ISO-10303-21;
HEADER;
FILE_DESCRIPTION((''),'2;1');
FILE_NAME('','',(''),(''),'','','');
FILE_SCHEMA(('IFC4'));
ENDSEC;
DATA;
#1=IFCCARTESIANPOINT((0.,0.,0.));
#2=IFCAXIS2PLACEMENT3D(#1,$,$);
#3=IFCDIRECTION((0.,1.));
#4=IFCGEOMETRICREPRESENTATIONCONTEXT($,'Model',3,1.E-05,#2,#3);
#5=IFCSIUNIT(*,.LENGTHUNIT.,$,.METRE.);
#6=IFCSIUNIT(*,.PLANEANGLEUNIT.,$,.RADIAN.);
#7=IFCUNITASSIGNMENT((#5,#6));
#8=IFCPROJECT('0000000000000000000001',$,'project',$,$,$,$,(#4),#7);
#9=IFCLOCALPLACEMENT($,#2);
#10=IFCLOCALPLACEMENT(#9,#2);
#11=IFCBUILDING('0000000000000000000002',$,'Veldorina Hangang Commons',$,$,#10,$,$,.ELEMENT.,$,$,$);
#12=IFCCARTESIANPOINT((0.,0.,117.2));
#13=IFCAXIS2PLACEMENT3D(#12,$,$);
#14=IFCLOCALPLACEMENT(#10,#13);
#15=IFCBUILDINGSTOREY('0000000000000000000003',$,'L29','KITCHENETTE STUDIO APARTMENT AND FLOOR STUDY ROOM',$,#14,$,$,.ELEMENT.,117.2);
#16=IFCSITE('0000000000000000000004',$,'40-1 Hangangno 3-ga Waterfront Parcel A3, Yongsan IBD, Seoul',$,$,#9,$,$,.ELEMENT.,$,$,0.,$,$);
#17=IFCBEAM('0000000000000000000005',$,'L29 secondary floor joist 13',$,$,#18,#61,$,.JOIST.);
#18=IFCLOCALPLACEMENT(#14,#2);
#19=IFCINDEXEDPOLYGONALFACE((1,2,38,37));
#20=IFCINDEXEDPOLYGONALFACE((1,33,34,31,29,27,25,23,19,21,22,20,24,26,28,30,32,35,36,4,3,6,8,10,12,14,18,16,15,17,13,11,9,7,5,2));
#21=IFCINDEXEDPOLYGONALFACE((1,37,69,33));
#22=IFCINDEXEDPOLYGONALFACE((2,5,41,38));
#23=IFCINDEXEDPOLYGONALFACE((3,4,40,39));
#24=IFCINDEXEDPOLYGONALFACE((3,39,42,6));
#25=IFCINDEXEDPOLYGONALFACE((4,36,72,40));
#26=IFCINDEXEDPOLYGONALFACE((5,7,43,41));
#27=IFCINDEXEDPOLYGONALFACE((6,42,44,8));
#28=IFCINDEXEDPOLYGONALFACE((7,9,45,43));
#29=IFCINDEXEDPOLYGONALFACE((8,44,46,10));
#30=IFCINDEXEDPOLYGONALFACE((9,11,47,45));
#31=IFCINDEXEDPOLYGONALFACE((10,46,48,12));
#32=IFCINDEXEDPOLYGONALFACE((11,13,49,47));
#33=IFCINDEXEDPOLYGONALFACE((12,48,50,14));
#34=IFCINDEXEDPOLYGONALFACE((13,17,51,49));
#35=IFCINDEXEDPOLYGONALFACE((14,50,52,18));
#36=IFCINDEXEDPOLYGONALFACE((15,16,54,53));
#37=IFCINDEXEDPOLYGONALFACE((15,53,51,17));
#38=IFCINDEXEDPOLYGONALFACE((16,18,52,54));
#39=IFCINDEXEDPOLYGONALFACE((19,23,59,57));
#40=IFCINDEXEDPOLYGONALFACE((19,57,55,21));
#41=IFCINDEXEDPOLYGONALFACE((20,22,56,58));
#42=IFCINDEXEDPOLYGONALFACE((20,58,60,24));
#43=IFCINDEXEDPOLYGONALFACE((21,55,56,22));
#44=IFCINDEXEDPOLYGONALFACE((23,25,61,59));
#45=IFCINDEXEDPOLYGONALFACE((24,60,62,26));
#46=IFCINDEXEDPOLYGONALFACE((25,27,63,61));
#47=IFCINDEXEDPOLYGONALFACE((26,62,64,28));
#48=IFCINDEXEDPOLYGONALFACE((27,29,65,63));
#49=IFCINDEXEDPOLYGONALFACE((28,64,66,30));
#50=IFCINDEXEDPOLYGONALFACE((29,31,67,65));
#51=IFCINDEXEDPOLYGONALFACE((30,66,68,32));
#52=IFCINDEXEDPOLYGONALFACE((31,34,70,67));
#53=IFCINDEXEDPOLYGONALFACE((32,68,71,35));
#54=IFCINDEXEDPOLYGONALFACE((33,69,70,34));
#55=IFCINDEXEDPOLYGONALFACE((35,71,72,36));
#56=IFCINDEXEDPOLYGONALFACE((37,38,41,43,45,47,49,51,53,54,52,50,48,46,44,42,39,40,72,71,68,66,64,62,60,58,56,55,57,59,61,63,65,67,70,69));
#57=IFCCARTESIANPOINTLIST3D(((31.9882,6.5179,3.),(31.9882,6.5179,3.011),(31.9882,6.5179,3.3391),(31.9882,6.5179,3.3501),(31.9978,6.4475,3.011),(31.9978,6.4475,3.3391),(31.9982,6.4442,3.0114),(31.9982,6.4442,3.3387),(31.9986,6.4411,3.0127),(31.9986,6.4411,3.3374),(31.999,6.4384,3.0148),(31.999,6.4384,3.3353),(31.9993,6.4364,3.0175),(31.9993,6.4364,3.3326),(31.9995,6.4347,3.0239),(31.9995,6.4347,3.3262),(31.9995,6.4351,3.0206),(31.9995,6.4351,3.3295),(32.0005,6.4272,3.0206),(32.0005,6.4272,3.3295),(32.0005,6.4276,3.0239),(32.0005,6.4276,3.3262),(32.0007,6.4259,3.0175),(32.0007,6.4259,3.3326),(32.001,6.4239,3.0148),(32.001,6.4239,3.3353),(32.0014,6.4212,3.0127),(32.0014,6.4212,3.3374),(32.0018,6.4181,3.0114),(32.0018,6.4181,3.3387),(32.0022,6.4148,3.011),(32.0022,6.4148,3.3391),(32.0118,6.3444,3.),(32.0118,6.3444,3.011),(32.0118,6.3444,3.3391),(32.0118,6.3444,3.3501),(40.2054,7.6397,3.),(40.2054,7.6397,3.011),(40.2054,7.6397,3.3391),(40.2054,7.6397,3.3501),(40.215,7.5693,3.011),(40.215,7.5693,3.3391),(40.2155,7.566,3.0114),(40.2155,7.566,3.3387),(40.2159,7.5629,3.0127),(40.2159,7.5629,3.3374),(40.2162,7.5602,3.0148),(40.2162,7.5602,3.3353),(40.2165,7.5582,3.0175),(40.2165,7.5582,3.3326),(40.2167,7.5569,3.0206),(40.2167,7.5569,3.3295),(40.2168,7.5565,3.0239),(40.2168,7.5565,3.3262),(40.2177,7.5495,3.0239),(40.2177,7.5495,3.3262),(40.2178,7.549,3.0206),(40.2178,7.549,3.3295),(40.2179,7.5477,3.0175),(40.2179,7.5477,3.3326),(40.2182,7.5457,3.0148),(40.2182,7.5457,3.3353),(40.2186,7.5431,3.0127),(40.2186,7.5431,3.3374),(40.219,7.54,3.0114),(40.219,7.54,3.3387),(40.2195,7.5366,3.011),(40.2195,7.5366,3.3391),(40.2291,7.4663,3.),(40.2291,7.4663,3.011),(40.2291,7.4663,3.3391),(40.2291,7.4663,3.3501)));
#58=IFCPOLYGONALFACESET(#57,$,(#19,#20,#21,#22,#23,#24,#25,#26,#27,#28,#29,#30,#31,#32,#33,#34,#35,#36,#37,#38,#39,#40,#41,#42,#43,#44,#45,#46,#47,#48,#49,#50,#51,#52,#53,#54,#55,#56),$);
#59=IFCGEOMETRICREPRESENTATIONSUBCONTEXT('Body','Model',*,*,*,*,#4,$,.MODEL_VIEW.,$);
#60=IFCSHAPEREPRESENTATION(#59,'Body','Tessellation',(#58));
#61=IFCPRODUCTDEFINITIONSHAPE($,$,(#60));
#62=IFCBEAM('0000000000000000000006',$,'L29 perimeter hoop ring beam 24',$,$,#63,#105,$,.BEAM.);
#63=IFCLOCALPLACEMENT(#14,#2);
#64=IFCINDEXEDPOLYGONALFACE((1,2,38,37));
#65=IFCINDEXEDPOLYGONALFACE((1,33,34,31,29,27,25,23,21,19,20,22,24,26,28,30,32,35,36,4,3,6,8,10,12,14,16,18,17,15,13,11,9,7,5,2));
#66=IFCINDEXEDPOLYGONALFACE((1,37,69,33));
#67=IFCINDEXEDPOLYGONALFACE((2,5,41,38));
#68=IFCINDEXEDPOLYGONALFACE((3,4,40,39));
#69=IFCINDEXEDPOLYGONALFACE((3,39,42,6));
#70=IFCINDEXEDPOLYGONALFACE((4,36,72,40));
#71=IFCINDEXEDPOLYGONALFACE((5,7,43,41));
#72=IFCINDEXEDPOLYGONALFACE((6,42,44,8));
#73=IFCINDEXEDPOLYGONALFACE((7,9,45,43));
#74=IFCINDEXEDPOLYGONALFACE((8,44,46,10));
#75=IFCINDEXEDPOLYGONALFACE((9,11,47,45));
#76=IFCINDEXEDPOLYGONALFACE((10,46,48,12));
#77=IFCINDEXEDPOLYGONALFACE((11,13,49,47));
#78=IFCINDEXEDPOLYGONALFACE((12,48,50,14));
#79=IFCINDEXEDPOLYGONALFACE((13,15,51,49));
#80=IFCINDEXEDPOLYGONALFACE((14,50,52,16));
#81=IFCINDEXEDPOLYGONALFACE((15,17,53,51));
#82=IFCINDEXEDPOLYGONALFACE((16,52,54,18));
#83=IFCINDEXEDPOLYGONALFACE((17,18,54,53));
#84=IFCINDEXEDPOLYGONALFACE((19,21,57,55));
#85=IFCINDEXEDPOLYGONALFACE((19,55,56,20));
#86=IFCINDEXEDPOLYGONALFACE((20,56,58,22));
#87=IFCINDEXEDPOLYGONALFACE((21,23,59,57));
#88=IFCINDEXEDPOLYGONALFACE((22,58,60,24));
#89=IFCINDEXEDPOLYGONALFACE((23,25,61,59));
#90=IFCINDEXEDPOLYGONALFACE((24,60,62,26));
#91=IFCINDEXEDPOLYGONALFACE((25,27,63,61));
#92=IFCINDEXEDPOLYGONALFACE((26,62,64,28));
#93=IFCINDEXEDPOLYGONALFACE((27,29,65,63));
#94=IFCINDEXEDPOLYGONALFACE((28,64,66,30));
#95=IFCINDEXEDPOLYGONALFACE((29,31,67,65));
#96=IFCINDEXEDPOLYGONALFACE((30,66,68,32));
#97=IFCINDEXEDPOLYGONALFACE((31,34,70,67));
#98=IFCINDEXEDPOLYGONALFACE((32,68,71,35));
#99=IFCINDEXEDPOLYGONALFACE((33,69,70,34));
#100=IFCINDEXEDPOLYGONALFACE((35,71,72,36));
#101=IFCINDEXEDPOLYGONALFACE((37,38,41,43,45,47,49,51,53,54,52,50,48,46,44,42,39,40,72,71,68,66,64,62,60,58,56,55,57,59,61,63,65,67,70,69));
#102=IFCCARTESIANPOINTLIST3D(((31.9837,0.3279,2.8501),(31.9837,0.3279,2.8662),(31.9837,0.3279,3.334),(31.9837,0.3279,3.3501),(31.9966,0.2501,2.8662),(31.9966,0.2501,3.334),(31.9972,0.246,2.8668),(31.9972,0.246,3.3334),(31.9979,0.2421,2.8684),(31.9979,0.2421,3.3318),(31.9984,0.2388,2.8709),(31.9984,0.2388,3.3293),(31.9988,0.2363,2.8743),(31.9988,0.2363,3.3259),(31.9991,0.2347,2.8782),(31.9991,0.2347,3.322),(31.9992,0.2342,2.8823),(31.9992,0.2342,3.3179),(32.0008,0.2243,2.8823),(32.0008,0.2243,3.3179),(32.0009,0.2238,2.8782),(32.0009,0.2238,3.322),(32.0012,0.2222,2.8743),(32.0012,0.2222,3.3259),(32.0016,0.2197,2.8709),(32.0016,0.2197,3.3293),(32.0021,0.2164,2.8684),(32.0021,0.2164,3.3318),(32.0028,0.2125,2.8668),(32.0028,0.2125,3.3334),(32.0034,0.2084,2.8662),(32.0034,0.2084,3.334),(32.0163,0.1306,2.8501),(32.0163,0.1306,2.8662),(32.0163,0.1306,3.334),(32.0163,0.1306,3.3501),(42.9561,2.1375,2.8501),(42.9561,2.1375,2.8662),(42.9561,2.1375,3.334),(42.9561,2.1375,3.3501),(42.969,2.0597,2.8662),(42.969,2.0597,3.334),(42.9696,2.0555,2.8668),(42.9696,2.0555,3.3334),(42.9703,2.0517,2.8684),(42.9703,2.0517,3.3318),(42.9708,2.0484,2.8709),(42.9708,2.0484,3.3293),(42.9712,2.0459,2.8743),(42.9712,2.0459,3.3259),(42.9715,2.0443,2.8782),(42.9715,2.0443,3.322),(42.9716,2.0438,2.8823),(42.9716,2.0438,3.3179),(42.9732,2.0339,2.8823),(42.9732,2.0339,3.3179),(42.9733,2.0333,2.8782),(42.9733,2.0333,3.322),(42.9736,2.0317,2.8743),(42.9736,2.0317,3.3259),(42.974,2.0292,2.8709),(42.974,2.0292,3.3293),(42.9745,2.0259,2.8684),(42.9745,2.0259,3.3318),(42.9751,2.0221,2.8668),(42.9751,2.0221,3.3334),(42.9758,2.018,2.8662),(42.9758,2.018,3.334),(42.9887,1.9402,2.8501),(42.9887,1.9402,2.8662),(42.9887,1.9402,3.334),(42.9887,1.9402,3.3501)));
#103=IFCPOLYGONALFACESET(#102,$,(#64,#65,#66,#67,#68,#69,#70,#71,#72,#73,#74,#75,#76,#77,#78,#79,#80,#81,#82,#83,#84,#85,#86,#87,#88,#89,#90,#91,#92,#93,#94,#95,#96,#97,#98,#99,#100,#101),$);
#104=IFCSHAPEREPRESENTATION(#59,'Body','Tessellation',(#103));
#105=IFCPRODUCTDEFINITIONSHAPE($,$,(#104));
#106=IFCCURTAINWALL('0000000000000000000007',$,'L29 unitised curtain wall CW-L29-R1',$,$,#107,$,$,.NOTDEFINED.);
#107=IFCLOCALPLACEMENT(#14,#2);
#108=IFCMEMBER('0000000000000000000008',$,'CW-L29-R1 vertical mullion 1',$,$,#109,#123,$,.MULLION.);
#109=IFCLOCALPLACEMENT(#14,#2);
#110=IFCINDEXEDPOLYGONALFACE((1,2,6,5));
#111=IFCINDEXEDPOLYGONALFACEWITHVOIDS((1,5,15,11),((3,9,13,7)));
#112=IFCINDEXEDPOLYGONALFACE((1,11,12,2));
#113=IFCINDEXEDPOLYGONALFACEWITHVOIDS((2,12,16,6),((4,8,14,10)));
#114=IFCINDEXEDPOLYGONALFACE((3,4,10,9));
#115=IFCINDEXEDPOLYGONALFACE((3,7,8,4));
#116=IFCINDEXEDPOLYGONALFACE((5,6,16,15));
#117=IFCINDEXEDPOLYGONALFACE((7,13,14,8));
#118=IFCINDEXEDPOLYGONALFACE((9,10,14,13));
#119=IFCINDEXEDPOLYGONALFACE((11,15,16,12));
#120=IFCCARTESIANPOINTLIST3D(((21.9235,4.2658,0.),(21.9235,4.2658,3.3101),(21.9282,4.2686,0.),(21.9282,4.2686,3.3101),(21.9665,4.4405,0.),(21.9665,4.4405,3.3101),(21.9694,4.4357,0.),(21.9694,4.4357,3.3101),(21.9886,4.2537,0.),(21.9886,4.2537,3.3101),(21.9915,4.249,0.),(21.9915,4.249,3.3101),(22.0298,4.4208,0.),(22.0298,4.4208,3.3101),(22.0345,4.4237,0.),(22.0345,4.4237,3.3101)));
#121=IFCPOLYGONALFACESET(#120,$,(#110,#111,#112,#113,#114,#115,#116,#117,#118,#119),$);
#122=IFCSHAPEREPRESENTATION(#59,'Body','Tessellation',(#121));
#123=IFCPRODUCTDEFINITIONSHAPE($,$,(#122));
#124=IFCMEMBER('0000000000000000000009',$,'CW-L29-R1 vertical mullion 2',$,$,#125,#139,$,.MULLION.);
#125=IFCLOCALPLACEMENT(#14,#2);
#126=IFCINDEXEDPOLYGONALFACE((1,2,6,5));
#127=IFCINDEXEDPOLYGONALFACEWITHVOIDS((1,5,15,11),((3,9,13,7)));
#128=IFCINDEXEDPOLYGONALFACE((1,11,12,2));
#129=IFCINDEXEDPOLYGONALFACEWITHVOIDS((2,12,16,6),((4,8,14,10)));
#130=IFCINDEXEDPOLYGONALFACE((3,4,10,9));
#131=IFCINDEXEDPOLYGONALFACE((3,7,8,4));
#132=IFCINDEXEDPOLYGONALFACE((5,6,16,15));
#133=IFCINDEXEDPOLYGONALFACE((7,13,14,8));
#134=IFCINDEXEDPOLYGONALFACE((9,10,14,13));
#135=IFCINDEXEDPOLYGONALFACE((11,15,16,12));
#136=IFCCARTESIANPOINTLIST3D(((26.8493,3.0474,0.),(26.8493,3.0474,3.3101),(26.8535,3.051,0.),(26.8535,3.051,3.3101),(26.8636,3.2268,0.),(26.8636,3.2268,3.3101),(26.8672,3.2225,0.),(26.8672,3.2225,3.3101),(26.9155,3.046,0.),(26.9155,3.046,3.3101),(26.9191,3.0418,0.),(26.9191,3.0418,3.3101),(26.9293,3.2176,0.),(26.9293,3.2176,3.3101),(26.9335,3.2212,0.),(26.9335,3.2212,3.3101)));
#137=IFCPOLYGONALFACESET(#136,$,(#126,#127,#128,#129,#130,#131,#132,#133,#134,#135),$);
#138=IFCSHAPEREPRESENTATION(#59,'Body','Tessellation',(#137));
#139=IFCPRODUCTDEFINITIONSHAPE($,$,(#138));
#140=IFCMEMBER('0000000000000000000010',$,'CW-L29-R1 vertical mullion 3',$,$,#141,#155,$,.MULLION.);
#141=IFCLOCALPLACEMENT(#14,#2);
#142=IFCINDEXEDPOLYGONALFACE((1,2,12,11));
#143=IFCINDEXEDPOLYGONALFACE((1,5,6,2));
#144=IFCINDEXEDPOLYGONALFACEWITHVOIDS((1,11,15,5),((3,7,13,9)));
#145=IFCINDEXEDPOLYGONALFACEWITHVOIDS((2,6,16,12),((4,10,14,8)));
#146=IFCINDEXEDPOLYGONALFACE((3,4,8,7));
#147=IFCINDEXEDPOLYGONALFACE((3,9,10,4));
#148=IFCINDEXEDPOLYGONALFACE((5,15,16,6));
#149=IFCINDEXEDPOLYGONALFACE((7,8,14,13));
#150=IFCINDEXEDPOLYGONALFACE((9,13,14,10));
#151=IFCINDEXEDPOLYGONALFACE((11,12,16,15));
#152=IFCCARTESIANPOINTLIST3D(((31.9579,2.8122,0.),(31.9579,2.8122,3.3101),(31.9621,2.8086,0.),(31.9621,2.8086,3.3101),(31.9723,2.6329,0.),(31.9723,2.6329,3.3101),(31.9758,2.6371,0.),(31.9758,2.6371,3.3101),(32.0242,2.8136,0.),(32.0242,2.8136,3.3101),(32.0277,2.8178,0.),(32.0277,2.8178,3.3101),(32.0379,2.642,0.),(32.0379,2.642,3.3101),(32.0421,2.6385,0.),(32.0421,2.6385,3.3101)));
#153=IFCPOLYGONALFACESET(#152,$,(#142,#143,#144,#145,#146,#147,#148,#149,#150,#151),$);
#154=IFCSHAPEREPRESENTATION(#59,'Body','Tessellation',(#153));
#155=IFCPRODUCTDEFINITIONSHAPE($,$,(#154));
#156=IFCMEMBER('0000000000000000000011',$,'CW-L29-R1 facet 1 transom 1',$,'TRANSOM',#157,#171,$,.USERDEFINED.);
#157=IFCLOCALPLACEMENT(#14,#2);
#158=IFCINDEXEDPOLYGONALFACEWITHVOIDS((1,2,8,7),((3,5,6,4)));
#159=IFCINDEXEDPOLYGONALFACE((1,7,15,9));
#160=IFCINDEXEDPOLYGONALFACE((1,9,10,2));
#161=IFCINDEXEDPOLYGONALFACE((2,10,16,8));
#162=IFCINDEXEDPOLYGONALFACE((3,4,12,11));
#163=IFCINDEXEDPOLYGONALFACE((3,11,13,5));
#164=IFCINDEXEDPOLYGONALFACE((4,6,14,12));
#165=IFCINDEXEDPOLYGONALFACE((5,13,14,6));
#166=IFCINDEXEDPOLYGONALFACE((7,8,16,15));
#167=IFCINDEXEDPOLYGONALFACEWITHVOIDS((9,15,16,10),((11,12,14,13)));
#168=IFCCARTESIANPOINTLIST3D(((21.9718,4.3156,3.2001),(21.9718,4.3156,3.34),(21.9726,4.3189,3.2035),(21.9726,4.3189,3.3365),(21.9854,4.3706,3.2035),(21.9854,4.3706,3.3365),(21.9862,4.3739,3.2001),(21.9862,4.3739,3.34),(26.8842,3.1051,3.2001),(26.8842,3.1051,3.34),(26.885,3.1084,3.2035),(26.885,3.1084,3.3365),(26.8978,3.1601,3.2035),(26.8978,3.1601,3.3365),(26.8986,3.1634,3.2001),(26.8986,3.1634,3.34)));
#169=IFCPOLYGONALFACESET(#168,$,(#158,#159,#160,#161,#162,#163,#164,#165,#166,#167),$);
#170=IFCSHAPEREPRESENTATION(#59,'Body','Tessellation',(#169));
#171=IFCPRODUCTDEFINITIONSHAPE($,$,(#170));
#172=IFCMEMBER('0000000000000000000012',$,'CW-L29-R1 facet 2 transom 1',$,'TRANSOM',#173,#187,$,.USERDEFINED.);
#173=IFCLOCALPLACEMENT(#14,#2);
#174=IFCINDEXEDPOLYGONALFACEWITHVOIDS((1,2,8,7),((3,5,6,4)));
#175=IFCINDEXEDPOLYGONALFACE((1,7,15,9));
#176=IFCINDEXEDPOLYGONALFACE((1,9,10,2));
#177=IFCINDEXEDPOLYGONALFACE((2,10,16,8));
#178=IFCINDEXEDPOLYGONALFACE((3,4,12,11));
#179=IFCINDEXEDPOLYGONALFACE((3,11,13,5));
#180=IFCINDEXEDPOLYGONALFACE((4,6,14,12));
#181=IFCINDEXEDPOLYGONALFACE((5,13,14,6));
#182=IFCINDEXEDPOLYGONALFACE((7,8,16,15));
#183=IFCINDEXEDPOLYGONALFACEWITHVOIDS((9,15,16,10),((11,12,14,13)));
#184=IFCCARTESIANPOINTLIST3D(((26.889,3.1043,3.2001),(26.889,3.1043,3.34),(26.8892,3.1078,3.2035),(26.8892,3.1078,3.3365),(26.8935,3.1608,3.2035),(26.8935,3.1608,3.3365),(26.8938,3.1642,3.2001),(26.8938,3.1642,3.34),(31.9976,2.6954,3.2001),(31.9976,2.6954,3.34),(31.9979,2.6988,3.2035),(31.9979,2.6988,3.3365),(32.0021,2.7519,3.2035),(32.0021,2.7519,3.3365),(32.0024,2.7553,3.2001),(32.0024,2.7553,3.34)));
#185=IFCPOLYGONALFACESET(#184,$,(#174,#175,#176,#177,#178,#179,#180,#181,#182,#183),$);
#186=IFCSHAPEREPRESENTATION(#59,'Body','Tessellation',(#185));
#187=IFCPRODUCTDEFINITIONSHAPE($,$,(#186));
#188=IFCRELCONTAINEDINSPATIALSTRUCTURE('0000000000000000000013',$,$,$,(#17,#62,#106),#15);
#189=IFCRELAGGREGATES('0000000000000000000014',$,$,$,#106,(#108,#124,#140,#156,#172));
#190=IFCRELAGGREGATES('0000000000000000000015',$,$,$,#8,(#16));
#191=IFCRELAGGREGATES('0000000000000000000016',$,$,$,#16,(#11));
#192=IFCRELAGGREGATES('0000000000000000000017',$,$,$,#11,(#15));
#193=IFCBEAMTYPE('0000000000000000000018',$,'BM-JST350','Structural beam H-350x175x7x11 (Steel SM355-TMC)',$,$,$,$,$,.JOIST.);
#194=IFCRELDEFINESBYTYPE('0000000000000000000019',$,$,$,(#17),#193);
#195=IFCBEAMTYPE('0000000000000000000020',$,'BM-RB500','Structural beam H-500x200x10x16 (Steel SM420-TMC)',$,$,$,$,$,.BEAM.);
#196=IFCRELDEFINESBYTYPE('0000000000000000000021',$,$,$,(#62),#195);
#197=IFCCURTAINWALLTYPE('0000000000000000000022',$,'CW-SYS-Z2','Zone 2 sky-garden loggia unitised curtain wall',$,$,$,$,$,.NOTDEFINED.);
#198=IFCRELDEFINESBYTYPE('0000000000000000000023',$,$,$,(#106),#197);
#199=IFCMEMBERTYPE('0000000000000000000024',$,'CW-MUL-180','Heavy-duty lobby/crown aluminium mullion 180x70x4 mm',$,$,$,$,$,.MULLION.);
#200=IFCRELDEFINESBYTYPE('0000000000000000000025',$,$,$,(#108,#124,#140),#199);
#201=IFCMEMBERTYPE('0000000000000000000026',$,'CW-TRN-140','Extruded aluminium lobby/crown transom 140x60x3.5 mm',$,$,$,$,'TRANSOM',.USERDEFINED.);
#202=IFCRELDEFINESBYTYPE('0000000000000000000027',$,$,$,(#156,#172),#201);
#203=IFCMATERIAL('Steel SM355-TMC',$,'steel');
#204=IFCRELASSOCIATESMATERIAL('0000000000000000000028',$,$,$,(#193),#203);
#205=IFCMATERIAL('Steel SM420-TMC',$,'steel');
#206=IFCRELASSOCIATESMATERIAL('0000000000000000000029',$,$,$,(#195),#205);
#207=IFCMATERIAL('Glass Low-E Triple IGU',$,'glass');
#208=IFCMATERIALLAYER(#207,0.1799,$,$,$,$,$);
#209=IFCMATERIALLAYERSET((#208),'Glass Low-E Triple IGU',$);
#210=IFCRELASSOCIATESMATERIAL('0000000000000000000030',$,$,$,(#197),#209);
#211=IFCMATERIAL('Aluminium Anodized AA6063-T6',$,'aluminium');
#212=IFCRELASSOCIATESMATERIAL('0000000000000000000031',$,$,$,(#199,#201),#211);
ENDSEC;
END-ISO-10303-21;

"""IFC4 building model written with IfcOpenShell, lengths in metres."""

from ifc_helpers import new_model, si_unit, direction, frame, origin, origin_2d, place, context, subcontext, project, spatial, hollow_rectangle, i_section, extrude, material, layer, layer_set, material_profile, profile_set, type_object, element, aggregate, save


model = new_model("IFC4")

# Units and contexts
model_context = context("Model", 3, precision=1e-05, world=origin(), true_north=direction((0.0, 1.0)))
body_context = subcontext(model_context, "Body", "Model", "MODEL_VIEW")
ifc_project = project(units=[si_unit("LENGTHUNIT", "METRE"), si_unit("PLANEANGLEUNIT", "RADIAN")], contexts=[model_context])

# Site, building, storey
site_placement = place(None, origin())
site = spatial("IfcSite", under=ifc_project, at=site_placement, Name="40-1 Hangangno 3-ga Waterfront Parcel A3, Yongsan IBD, Seoul", CompositionType="ELEMENT", RefElevation=0.0)
building_placement = place(site_placement, origin())
building = spatial("IfcBuilding", under=site, at=building_placement, Name="Veldorina Hangang Commons", CompositionType="ELEMENT")
storey_placement = place(building_placement, frame((0.0, 0.0, 117.2)))
storey = spatial("IfcBuildingStorey", under=building, at=storey_placement, Name="L29", Description="KITCHENETTE STUDIO APARTMENT AND FLOOR STUDY ROOM", CompositionType="ELEMENT", Elevation=117.2)

# Beams
ifc_material_1 = material(Name="Steel SM355-TMC", Category="steel")
ifc_material_profile_1 = material_profile(ifc_material_1, i_section(OverallWidth=0.175, OverallDepth=0.3501, WebThickness=0.0071, FlangeThickness=0.011, FilletRadius=0.0129, at=origin_2d()), Name="H-350x175x7x11")
ifc_profile_set_1 = profile_set([ifc_material_profile_1], Name="Steel SM355-TMC")
beam_type_1 = type_object("IfcBeamType", Name="BM-JST350", Description="Structural beam H-350x175x7x11 (Steel SM355-TMC)", PredefinedType="JOIST", material=ifc_profile_set_1)
beam_1_placement = place(storey_placement, frame((32.0, 6.4312, 3.175), z_axis=(0.990809, 0.135266, 0.0), x_axis=(-0.135266, 0.990809, 0.0)))
element("IfcBeam", 1, at=beam_1_placement, inside=storey, type_object=beam_type_1, Name="L29 secondary floor joist 13", PredefinedType="JOIST", context=body_context, shape_type="SweptSolid", body=[
    extrude(i_section(OverallWidth=0.175, OverallDepth=0.3501, WebThickness=0.0071, FlangeThickness=0.011, FilletRadius=0.0129, at=origin_2d()), origin(), (0.0, 0.0, 1.0), 8.2935),
])
ifc_material_2 = material(Name="Steel SM420-TMC", Category="steel")
ifc_material_profile_2 = material_profile(ifc_material_2, i_section(OverallWidth=0.2, OverallDepth=0.5, WebThickness=0.01, FlangeThickness=0.0161, FilletRadius=0.0161, at=origin_2d()), Name="H-500x200x10x16")
ifc_profile_set_2 = profile_set([ifc_material_profile_2], Name="Steel SM420-TMC")
beam_type_2 = type_object("IfcBeamType", Name="BM-RB500", Description="Structural beam H-500x200x10x16 (Steel SM420-TMC)", PredefinedType="BEAM", material=ifc_profile_set_2)
beam_2_placement = place(storey_placement, frame((32.0, 0.2292, 3.1001), z_axis=(0.986672, 0.162722, 0.0), x_axis=(-0.162722, 0.986672, 0.0)))
element("IfcBeam", 2, at=beam_2_placement, inside=storey, type_object=beam_type_2, Name="L29 perimeter hoop ring beam 24", PredefinedType="BEAM", context=body_context, shape_type="SweptSolid", body=[
    extrude(i_section(OverallWidth=0.2, OverallDepth=0.5, WebThickness=0.01, FlangeThickness=0.0161, FilletRadius=0.0161, at=origin_2d()), origin(), (0.0, 0.0, 1.0), 11.1206),
])

# Curtain wall, members
ifc_material_3 = material(Name="Glass Low-E Triple IGU", Category="glass")
ifc_layer_1 = layer(ifc_material_3, 0.1799)
ifc_layer_set_1 = layer_set([ifc_layer_1], Name="Glass Low-E Triple IGU")
curtain_wall_type = type_object("IfcCurtainWallType", Name="CW-SYS-Z2", Description="Zone 2 sky-garden loggia unitised curtain wall", PredefinedType="NOTDEFINED", material=ifc_layer_set_1)
curtain_wall_placement = place(storey_placement, origin())
curtain_wall = element("IfcCurtainWall", 3, at=curtain_wall_placement, inside=storey, type_object=curtain_wall_type, Name="L29 unitised curtain wall CW-L29-R1", PredefinedType="NOTDEFINED")
ifc_material_4 = material(Name="Aluminium Anodized AA6063-T6", Category="aluminium")
ifc_material_profile_3 = material_profile(ifc_material_4, hollow_rectangle(XDim=0.0701, YDim=0.1799, WallThickness=0.0039, at=origin_2d()), Name="ALU-RHS-180x70x4")
ifc_profile_set_3 = profile_set([ifc_material_profile_3], Name="Aluminium Anodized AA6063-T6")
member_type_1 = type_object("IfcMemberType", Name="CW-MUL-180", Description="Heavy-duty lobby/crown aluminium mullion 180x70x4 mm", PredefinedType="MULLION", material=ifc_profile_set_3)
member_1_placement = place(storey_placement, frame((21.979, 4.3447, 0.0), z_axis=(0.0, 0.0, 1.0), x_axis=(0.970951, -0.239279, 0.0)))
member_1 = element("IfcMember", 4, at=member_1_placement, type_object=member_type_1, Name="CW-L29-R1 vertical mullion 1", PredefinedType="MULLION", context=body_context, shape_type="SweptSolid", body=[
    extrude(hollow_rectangle(XDim=0.0701, YDim=0.1799, WallThickness=0.0039, at=origin_2d()), origin(), (0.0, 0.0, 1.0), 3.3101),
])
member_2_placement = place(storey_placement, frame((26.8914, 3.1343, 0.0), z_axis=(0.0, 0.0, 1.0), x_axis=(0.996814, -0.079764, 0.0)))
member_2 = element("IfcMember", 5, at=member_2_placement, type_object=member_type_1, Name="CW-L29-R1 vertical mullion 2", PredefinedType="MULLION", context=body_context, shape_type="SweptSolid", body=[
    extrude(hollow_rectangle(XDim=0.0701, YDim=0.1799, WallThickness=0.0039, at=origin_2d()), origin(), (0.0, 0.0, 1.0), 3.3101),
])
member_3_placement = place(storey_placement, frame((32.0, 2.7253, 0.0), z_axis=(0.0, 0.0, 1.0), x_axis=(0.996814, 0.079764, 0.0)))
member_3 = element("IfcMember", 6, at=member_3_placement, type_object=member_type_1, Name="CW-L29-R1 vertical mullion 3", PredefinedType="MULLION", context=body_context, shape_type="SweptSolid", body=[
    extrude(hollow_rectangle(XDim=0.0701, YDim=0.1799, WallThickness=0.0039, at=origin_2d()), origin(), (0.0, 0.0, 1.0), 3.3101),
])
ifc_material_profile_4 = material_profile(ifc_material_4, hollow_rectangle(XDim=0.0601, YDim=0.1399, WallThickness=0.0034, at=origin_2d()), Name="ALU-RHS-140x60x3.5")
ifc_profile_set_4 = profile_set([ifc_material_profile_4], Name="Aluminium Anodized AA6063-T6")
member_type_2 = type_object("IfcMemberType", Name="CW-TRN-140", Description="Extruded aluminium lobby/crown transom 140x60x3.5 mm", ElementType="TRANSOM", PredefinedType="USERDEFINED", material=ifc_profile_set_4)
member_4_placement = place(storey_placement, frame((21.979, 4.3447, 3.27), z_axis=(0.970957, -0.239253, 0.0), x_axis=(0.239253, 0.970957, 0.0)))
member_4 = element("IfcMember", 7, at=member_4_placement, type_object=member_type_2, Name="CW-L29-R1 facet 1 transom 1", ObjectType="TRANSOM", PredefinedType="USERDEFINED", context=body_context, shape_type="SweptSolid", body=[
    extrude(hollow_rectangle(XDim=0.0601, YDim=0.1399, WallThickness=0.0034, at=origin_2d()), origin(), (0.0, 0.0, 1.0), 5.0593),
])
member_5_placement = place(storey_placement, frame((26.8914, 3.1343, 3.27), z_axis=(0.996811, -0.079793, 0.0), x_axis=(0.079793, 0.996811, 0.0)))
member_5 = element("IfcMember", 8, at=member_5_placement, type_object=member_type_2, Name="CW-L29-R1 facet 2 transom 1", ObjectType="TRANSOM", PredefinedType="USERDEFINED", context=body_context, shape_type="SweptSolid", body=[
    extrude(hollow_rectangle(XDim=0.0601, YDim=0.1399, WallThickness=0.0034, at=origin_2d()), origin(), (0.0, 0.0, 1.0), 5.125),
])

aggregate(curtain_wall, [member_1, member_2, member_3, member_4, member_5])

save(model, "model.ifc")
